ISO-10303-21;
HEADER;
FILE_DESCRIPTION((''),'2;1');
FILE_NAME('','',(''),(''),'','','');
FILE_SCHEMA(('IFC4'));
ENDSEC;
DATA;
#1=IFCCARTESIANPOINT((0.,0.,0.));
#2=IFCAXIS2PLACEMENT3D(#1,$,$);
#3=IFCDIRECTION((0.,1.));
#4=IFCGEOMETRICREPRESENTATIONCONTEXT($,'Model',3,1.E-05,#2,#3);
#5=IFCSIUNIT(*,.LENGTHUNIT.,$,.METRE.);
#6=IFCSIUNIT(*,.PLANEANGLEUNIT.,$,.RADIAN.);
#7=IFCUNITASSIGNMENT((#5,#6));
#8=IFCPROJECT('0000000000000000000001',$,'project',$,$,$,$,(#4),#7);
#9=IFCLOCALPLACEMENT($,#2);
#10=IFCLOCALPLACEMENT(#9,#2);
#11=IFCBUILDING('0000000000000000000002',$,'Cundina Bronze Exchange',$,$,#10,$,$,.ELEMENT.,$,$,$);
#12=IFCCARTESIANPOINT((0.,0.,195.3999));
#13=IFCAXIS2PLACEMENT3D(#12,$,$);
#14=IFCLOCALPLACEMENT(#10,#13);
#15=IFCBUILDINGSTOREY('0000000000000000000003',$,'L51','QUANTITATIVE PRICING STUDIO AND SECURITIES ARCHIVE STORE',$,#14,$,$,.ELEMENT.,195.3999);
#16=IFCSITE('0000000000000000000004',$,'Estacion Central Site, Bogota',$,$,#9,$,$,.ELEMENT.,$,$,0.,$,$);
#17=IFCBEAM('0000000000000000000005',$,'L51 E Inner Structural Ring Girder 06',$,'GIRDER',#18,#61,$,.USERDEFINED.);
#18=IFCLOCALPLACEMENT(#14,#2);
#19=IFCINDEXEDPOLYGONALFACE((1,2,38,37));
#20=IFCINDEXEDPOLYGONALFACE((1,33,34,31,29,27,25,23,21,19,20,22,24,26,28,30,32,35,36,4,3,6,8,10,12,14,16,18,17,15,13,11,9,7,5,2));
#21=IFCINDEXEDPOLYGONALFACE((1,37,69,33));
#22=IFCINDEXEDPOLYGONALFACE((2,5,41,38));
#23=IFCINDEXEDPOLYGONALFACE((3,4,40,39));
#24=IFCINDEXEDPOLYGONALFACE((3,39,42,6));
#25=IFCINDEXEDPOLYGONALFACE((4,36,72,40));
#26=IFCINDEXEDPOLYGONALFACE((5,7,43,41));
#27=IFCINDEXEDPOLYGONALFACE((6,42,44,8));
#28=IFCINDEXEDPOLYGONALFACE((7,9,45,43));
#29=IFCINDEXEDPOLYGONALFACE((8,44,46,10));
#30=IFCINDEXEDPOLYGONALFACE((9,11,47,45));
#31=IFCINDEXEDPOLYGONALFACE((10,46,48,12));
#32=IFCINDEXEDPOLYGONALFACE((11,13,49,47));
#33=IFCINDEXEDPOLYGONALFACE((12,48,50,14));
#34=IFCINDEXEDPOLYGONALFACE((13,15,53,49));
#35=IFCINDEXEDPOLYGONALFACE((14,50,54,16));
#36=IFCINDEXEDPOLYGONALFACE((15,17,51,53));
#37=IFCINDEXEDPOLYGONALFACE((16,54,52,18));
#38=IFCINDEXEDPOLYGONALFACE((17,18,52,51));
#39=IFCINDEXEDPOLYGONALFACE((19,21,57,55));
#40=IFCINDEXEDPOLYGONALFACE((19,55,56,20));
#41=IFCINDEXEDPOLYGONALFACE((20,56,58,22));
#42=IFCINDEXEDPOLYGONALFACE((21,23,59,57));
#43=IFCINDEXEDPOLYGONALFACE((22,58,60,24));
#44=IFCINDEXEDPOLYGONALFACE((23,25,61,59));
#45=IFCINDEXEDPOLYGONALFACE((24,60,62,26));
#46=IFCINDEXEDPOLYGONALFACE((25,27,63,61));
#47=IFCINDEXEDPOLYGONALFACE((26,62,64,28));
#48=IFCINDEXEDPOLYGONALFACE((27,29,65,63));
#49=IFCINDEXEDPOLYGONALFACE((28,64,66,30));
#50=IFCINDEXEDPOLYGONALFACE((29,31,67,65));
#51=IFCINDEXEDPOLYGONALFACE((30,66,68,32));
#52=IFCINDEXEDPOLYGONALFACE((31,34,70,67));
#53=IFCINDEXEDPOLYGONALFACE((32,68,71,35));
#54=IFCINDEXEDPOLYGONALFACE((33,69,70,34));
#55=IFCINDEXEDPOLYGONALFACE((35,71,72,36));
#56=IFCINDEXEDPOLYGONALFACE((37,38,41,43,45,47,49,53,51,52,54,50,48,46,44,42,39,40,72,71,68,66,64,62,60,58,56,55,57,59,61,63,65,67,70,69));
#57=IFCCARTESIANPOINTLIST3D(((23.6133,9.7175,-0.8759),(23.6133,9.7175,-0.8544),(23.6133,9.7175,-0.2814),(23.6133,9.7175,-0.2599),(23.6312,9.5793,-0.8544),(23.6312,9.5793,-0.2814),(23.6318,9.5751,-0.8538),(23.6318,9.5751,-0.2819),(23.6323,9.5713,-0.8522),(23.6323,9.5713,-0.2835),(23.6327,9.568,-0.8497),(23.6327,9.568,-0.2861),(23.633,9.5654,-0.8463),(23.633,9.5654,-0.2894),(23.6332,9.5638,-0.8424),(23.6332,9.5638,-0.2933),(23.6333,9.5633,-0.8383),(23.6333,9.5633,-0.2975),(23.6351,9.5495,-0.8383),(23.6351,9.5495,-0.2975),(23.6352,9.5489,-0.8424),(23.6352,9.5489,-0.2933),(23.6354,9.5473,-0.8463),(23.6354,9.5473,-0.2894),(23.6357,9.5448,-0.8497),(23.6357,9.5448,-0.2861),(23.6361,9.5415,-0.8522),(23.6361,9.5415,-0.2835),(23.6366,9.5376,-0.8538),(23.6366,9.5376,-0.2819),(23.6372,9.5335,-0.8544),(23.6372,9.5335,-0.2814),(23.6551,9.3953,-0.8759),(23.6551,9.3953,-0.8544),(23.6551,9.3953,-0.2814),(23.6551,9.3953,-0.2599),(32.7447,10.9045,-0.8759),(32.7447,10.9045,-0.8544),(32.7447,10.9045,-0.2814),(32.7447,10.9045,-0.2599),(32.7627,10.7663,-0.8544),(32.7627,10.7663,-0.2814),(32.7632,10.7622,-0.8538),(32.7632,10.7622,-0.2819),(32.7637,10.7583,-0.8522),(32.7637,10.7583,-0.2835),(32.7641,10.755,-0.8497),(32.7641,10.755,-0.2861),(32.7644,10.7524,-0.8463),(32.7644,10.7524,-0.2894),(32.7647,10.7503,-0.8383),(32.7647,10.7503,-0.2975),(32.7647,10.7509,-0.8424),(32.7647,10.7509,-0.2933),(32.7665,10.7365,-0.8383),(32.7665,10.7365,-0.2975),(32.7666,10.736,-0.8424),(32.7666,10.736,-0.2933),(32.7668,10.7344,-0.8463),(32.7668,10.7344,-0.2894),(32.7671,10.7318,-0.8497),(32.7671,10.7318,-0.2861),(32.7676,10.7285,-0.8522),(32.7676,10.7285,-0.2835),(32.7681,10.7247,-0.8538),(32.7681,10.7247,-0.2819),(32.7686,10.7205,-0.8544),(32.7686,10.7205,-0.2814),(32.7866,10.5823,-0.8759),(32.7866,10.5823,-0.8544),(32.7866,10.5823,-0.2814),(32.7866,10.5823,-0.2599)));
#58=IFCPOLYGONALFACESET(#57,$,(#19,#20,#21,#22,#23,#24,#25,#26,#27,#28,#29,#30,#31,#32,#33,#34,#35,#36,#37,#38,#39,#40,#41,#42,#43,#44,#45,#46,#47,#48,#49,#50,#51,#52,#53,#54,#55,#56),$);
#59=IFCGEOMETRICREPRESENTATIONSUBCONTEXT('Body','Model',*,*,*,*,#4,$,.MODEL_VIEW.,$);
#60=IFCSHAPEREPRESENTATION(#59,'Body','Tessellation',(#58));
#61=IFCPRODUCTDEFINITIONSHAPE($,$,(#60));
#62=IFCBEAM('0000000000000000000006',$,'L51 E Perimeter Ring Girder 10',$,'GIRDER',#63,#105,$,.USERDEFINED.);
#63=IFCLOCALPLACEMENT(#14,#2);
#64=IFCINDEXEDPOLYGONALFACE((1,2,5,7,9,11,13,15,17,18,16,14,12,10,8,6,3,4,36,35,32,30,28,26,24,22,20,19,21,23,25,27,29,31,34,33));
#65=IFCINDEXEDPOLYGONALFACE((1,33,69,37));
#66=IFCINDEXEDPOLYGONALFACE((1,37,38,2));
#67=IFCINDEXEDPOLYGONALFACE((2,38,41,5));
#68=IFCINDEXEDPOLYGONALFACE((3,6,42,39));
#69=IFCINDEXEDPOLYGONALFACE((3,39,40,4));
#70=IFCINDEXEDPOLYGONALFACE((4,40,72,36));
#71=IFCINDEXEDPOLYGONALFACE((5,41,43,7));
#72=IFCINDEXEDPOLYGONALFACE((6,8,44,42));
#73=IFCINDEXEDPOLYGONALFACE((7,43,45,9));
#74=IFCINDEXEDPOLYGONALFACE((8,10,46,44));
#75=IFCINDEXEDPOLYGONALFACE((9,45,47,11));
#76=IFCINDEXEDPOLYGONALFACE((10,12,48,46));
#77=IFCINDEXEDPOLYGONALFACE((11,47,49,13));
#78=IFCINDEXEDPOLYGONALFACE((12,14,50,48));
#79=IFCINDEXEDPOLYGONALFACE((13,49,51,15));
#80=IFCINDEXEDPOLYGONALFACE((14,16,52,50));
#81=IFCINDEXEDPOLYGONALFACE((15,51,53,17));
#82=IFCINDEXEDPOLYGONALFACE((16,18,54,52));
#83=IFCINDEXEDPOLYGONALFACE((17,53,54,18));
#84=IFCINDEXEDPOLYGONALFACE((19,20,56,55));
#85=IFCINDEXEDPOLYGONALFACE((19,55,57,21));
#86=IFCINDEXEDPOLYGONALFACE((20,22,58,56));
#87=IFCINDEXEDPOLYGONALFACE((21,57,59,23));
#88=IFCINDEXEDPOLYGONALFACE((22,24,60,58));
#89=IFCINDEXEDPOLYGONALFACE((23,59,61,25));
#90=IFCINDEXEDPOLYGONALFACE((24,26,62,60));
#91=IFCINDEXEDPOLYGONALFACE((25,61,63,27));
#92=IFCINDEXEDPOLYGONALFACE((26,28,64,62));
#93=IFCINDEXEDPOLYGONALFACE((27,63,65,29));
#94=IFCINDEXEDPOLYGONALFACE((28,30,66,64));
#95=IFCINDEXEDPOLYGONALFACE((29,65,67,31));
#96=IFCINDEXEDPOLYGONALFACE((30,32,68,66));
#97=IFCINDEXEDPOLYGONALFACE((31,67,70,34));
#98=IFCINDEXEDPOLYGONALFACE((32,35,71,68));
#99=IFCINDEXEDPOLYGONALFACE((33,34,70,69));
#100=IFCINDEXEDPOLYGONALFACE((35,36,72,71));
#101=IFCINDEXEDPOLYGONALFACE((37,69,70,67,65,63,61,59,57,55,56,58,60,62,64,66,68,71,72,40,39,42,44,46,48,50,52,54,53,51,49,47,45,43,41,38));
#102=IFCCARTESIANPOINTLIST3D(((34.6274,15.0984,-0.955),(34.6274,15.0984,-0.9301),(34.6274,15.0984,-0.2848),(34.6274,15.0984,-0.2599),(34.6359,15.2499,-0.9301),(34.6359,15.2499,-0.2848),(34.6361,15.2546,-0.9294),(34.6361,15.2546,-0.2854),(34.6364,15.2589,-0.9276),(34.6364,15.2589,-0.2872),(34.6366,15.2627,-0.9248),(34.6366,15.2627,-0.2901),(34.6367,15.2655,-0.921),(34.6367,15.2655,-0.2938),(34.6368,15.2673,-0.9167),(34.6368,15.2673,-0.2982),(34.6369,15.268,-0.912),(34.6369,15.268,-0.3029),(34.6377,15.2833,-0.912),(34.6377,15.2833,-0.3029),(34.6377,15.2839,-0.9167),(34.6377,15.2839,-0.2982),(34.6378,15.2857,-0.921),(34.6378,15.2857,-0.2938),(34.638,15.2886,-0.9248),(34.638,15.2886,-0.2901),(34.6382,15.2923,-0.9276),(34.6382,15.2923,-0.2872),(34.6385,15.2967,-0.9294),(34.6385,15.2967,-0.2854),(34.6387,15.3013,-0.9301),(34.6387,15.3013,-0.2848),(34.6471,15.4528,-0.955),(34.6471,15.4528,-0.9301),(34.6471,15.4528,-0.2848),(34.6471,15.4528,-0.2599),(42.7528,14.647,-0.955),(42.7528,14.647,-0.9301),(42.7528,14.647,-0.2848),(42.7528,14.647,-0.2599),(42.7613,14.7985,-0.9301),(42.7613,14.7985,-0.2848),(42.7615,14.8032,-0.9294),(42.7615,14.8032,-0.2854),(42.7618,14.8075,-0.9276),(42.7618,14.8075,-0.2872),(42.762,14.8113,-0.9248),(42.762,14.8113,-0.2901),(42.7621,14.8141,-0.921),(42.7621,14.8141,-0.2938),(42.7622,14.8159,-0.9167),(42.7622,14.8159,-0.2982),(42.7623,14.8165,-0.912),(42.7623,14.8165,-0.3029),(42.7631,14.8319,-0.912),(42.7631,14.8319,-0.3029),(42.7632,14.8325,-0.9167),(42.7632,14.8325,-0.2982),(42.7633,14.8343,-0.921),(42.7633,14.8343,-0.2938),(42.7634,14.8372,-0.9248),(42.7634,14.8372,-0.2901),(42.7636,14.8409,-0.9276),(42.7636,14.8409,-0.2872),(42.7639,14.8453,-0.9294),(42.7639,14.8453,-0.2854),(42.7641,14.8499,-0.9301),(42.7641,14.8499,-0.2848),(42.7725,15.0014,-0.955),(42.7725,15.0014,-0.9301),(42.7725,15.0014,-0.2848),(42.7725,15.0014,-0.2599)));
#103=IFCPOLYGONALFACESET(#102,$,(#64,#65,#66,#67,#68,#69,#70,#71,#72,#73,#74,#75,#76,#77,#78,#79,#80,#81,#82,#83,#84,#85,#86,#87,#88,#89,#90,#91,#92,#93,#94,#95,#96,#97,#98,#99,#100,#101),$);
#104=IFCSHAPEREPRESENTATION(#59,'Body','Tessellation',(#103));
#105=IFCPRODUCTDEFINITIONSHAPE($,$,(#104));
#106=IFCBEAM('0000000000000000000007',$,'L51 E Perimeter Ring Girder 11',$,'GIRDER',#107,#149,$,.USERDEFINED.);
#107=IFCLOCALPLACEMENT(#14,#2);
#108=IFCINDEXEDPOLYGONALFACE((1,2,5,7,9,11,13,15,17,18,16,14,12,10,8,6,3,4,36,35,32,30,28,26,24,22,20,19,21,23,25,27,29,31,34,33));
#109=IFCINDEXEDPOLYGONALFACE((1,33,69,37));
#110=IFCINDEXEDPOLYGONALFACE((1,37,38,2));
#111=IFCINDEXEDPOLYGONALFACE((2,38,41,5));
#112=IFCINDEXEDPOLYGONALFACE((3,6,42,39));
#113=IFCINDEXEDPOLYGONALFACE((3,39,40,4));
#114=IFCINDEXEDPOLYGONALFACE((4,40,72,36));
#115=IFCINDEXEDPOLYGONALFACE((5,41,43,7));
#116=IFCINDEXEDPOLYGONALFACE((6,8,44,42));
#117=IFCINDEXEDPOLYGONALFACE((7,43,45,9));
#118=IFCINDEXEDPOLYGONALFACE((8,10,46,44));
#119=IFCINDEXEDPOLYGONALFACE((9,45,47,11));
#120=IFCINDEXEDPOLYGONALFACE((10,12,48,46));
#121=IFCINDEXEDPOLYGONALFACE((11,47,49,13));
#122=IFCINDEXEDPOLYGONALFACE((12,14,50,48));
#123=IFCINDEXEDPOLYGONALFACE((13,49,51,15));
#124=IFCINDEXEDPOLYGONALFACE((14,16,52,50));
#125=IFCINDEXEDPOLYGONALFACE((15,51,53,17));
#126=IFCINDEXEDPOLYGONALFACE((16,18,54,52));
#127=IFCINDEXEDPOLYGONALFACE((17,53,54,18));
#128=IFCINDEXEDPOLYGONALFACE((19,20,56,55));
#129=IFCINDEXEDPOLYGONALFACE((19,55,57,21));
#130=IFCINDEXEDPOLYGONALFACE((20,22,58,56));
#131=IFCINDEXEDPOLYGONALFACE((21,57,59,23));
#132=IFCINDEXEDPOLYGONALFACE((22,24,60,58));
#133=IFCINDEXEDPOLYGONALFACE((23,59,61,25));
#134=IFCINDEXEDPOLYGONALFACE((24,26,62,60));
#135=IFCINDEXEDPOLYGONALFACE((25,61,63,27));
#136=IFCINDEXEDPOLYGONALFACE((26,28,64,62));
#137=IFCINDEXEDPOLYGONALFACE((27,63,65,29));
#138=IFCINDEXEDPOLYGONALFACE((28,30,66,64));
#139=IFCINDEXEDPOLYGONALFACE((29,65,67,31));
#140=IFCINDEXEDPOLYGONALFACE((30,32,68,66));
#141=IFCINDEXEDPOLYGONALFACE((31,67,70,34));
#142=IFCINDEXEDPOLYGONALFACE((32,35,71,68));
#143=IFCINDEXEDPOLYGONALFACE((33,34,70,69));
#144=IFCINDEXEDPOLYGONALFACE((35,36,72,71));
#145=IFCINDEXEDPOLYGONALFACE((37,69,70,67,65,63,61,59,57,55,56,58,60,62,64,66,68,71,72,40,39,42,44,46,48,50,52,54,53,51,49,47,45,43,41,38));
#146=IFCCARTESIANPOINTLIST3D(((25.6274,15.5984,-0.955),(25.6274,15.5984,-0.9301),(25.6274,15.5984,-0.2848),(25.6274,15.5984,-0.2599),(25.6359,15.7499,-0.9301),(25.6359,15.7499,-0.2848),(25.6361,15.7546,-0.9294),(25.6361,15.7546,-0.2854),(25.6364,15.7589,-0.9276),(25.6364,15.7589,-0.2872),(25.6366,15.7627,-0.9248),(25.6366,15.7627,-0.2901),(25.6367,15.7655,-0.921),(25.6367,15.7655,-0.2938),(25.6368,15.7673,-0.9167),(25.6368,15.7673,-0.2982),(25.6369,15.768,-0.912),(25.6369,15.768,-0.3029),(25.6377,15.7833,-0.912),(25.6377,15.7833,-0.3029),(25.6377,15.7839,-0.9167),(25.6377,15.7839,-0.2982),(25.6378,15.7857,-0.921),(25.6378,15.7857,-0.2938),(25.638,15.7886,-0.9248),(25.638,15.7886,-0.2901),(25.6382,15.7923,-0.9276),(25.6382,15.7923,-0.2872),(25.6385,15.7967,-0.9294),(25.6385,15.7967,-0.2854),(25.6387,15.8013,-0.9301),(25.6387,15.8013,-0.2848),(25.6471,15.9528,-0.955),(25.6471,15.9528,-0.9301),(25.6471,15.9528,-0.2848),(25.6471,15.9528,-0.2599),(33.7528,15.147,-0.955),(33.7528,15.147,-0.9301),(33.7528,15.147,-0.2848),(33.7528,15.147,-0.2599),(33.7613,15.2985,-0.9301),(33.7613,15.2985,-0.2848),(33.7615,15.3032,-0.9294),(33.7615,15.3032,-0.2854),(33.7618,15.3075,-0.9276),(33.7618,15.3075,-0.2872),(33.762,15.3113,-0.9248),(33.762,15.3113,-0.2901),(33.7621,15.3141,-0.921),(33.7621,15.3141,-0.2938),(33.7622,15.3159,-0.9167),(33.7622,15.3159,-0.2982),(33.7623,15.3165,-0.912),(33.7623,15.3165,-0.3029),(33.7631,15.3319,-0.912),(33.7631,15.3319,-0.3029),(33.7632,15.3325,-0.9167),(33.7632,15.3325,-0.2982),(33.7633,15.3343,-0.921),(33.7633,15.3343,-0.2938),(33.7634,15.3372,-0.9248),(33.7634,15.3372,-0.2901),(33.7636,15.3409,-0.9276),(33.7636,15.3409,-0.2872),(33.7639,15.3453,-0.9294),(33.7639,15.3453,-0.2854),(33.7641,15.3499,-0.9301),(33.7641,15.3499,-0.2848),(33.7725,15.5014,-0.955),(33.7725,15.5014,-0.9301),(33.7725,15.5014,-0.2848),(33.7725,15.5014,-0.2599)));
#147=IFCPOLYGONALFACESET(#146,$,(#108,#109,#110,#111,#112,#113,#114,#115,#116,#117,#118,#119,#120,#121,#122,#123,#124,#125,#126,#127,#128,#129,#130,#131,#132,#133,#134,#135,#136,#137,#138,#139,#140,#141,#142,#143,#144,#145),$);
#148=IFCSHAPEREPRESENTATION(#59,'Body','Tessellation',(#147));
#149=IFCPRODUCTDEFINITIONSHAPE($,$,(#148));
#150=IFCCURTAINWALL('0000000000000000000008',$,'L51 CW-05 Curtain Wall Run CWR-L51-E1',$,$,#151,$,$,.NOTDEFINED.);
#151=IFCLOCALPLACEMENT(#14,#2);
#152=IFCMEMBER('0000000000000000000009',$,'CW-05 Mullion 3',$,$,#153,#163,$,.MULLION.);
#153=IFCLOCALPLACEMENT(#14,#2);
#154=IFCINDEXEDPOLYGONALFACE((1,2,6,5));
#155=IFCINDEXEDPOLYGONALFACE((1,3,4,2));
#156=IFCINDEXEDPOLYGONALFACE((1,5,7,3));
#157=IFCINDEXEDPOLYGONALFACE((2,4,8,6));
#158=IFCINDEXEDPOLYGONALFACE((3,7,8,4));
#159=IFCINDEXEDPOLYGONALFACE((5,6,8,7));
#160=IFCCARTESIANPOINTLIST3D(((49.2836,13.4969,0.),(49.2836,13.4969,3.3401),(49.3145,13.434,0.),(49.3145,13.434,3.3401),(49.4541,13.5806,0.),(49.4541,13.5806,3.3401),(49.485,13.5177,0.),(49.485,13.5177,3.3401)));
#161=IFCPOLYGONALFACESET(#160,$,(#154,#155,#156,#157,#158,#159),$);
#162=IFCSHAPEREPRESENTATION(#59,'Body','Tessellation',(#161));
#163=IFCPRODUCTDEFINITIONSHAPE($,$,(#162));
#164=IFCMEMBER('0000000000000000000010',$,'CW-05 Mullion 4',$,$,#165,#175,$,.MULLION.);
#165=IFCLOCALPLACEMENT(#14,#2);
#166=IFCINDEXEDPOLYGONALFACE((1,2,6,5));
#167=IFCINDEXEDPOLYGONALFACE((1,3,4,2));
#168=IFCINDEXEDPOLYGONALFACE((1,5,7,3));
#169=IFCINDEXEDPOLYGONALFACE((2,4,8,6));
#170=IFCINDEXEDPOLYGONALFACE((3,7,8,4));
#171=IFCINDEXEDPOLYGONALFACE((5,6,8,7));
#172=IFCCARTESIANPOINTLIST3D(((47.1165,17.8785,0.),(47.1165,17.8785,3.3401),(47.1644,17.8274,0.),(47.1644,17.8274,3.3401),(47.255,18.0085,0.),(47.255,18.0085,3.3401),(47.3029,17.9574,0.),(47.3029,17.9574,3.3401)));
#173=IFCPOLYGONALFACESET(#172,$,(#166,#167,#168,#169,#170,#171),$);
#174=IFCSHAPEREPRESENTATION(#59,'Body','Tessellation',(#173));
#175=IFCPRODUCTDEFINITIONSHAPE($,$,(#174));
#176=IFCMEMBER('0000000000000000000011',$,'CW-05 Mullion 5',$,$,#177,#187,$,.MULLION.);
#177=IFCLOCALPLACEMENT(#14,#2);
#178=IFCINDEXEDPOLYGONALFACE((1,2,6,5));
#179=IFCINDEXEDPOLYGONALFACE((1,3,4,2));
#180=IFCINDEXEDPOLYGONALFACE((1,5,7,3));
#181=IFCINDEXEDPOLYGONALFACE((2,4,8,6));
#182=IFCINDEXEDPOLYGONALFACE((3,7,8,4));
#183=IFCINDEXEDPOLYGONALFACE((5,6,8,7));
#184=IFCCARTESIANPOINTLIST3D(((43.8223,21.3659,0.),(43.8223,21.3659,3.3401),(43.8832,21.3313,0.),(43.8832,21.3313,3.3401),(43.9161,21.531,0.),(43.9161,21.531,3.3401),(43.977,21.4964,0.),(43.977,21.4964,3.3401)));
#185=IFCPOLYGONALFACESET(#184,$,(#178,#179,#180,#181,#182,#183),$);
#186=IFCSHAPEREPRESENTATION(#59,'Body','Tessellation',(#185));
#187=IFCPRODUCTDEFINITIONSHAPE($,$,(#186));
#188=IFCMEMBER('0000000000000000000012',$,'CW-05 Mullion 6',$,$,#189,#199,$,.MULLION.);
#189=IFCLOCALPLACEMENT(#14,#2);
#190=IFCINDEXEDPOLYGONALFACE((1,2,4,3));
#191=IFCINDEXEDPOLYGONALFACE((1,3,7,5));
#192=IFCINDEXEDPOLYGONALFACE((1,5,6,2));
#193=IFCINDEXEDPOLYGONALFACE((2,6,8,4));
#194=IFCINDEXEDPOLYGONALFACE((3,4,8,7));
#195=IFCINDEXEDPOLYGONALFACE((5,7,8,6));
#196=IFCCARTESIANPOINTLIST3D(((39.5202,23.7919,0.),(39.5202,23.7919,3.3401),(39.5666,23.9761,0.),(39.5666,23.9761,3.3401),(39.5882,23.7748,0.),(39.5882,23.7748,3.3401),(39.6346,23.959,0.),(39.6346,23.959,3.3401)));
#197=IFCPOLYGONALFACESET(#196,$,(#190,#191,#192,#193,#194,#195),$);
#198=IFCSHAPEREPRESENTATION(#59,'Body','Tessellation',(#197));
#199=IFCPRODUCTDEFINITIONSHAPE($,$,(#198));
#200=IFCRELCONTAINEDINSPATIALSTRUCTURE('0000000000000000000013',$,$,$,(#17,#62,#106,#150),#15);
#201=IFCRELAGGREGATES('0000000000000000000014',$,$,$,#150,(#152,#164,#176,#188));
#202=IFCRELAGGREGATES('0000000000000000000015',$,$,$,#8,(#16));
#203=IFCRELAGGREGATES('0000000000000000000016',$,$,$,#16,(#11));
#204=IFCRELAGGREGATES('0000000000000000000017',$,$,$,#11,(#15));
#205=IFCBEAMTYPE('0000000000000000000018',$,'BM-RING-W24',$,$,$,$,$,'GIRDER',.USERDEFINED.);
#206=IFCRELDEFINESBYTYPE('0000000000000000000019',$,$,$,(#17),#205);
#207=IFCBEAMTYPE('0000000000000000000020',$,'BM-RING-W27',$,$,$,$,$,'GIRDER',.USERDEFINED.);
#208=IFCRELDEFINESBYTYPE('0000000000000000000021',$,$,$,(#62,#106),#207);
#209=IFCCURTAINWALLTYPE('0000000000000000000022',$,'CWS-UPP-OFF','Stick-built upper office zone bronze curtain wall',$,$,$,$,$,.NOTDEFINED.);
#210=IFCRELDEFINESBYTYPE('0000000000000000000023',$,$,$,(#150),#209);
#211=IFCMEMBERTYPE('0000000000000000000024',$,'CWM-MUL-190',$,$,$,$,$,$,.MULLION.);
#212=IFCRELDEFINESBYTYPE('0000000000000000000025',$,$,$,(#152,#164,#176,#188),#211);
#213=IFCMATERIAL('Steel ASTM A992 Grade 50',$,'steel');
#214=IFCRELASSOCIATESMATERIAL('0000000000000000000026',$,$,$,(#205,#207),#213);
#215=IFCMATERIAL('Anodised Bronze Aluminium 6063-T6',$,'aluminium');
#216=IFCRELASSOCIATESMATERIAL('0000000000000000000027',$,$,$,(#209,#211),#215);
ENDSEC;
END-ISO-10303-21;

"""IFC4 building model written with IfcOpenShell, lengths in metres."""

from ifc_helpers import new_model, si_unit, direction, frame, origin, origin_2d, place, context, subcontext, project, spatial, rectangle, i_section, extrude, material, material_profile, profile_set, type_object, element, aggregate, save


model = new_model("IFC4")

# Units and contexts
model_context = context("Model", 3, precision=1e-05, world=origin(), true_north=direction((0.0, 1.0)))
body_context = subcontext(model_context, "Body", "Model", "MODEL_VIEW")
ifc_project = project(units=[si_unit("LENGTHUNIT", "METRE"), si_unit("PLANEANGLEUNIT", "RADIAN")], contexts=[model_context])

# Site, building, storey
site_placement = place(None, origin())
site = spatial("IfcSite", under=ifc_project, at=site_placement, Name="Estacion Central Site, Bogota", CompositionType="ELEMENT", RefElevation=0.0)
building_placement = place(site_placement, origin())
building = spatial("IfcBuilding", under=site, at=building_placement, Name="Cundina Bronze Exchange", CompositionType="ELEMENT")
storey_placement = place(building_placement, frame((0.0, 0.0, 195.3999)))
storey = spatial("IfcBuildingStorey", under=building, at=storey_placement, Name="L51", Description="QUANTITATIVE PRICING STUDIO AND SECURITIES ARCHIVE STORE", CompositionType="ELEMENT", Elevation=195.3999)

# Beams
ifc_material_1 = material(Name="Steel ASTM A992 Grade 50", Category="steel")
ifc_material_profile_1 = material_profile(ifc_material_1, i_section(OverallWidth=0.325, OverallDepth=0.616, WebThickness=0.0139, FlangeThickness=0.0215, FilletRadius=0.0161, at=origin_2d()), Name="W24X117", Category="steel")
ifc_profile_set_1 = profile_set([ifc_material_profile_1], Name="Steel ASTM A992 Grade 50")
beam_type_1 = type_object("IfcBeamType", Name="BM-RING-W24", ElementType="GIRDER", PredefinedType="USERDEFINED", material=ifc_profile_set_1)
beam_1_placement = place(storey_placement, frame((32.7656, 10.7434, -0.5679), z_axis=(-0.991656, -0.128908, 0.0), x_axis=(0.128908, -0.991656, 0.0)))
element("IfcBeam", 1, at=beam_1_placement, inside=storey, type_object=beam_type_1, Name="L51 E Inner Structural Ring Girder 06", ObjectType="GIRDER", PredefinedType="USERDEFINED", context=body_context, shape_type="SweptSolid", body=[
    extrude(i_section(OverallWidth=0.325, OverallDepth=0.616, WebThickness=0.0139, FlangeThickness=0.0215, FilletRadius=0.0161, at=origin_2d()), origin(), (0.0, 0.0, 1.0), 9.2083),
])
ifc_material_profile_2 = material_profile(ifc_material_1, i_section(OverallWidth=0.355, OverallDepth=0.6951, WebThickness=0.0154, FlangeThickness=0.0249, FilletRadius=0.0181, at=origin_2d()), Name="W27X146", Category="steel")
ifc_profile_set_2 = profile_set([ifc_material_profile_2], Name="Steel ASTM A992 Grade 50")
beam_type_2 = type_object("IfcBeamType", Name="BM-RING-W27", ElementType="GIRDER", PredefinedType="USERDEFINED", material=ifc_profile_set_2)
for number, where, z_axis, x_axis, name in (
    (2, (42.7627, 14.8242, -0.6074), (-0.99846, 0.05547, 0.0), (-0.05547, -0.99846, 0.0), "L51 E Perimeter Ring Girder 10"),
    (3, (33.7627, 15.3242, -0.6074), (-0.99846, 0.05547, 0.0), (-0.05547, -0.99846, 0.0), "L51 E Perimeter Ring Girder 11"),
):
    element("IfcBeam", number, at=place(storey_placement, frame(where, z_axis=z_axis, x_axis=x_axis)), inside=storey, type_object=beam_type_2, Name=name, ObjectType="GIRDER", PredefinedType="USERDEFINED", context=body_context, shape_type="SweptSolid", body=[
        extrude(i_section(OverallWidth=0.355, OverallDepth=0.6951, WebThickness=0.0154, FlangeThickness=0.0249, FilletRadius=0.0181, at=origin_2d()), origin(), (0.0, 0.0, 1.0), 8.1379),
    ])

# Curtain wall, members
ifc_material_2 = material(Name="Anodised Bronze Aluminium 6063-T6", Category="aluminium")
curtain_wall_type = type_object("IfcCurtainWallType", Name="CWS-UPP-OFF", Description="Stick-built upper office zone bronze curtain wall", PredefinedType="NOTDEFINED", material=ifc_material_2)
curtain_wall_1_placement = place(storey_placement, origin())
curtain_wall_1 = element("IfcCurtainWall", 4, at=curtain_wall_1_placement, inside=storey, type_object=curtain_wall_type, Name="L51 CW-05 Curtain Wall Run CWR-L51-E1", PredefinedType="NOTDEFINED")
ifc_material_profile_3 = material_profile(ifc_material_2, rectangle(XDim=0.0701, YDim=0.1899, at=origin_2d()), Name="AL70X190", Category="aluminium")
ifc_profile_set_3 = profile_set([ifc_material_profile_3], Name="Anodised Bronze Aluminium 6063-T6")
member_type_1 = type_object("IfcMemberType", Name="CWM-MUL-190", PredefinedType="MULLION", material=ifc_profile_set_3)
member_1_placement = place(storey_placement, frame((49.3843, 13.5073, 0.0), z_axis=(0.0, 0.0, 1.0), x_axis=(-0.440566, 0.89772, 0.0)))
member_1 = element("IfcMember", 5, at=member_1_placement, type_object=member_type_1, Name="CW-05 Mullion 3", PredefinedType="MULLION", context=body_context, shape_type="SweptSolid", body=[
    extrude(rectangle(XDim=0.0701, YDim=0.1899, at=origin_2d()), origin(), (0.0, 0.0, 1.0), 3.3401),
])
member_2_placement = place(storey_placement, frame((47.2097, 17.918, 0.0), z_axis=(0.0, 0.0, 1.0), x_axis=(-0.684293, 0.729208, 0.0)))
member_2 = element("IfcMember", 6, at=member_2_placement, type_object=member_type_1, Name="CW-05 Mullion 4", PredefinedType="MULLION", context=body_context, shape_type="SweptSolid", body=[
    extrude(rectangle(XDim=0.0701, YDim=0.1899, at=origin_2d()), origin(), (0.0, 0.0, 1.0), 3.3401),
])
member_3_placement = place(storey_placement, frame((43.8997, 21.4312, 0.0), z_axis=(0.0, 0.0, 1.0), x_axis=(-0.869581, 0.49379, 0.0)))
member_3 = element("IfcMember", 7, at=member_3_placement, type_object=member_type_1, Name="CW-05 Mullion 5", PredefinedType="MULLION", context=body_context, shape_type="SweptSolid", body=[
    extrude(rectangle(XDim=0.0701, YDim=0.1899, at=origin_2d()), origin(), (0.0, 0.0, 1.0), 3.3401),
])
member_4_placement = place(storey_placement, frame((39.5774, 23.8755, 0.0), z_axis=(0.0, 0.0, 1.0), x_axis=(-0.969744, 0.244123, 0.0)))
member_4 = element("IfcMember", 8, at=member_4_placement, type_object=member_type_1, Name="CW-05 Mullion 6", PredefinedType="MULLION", context=body_context, shape_type="SweptSolid", body=[
    extrude(rectangle(XDim=0.0701, YDim=0.1899, at=origin_2d()), origin(), (0.0, 0.0, 1.0), 3.3401),
])

aggregate(curtain_wall_1, [member_1, member_2, member_3, member_4])

save(model, "model.ifc")
